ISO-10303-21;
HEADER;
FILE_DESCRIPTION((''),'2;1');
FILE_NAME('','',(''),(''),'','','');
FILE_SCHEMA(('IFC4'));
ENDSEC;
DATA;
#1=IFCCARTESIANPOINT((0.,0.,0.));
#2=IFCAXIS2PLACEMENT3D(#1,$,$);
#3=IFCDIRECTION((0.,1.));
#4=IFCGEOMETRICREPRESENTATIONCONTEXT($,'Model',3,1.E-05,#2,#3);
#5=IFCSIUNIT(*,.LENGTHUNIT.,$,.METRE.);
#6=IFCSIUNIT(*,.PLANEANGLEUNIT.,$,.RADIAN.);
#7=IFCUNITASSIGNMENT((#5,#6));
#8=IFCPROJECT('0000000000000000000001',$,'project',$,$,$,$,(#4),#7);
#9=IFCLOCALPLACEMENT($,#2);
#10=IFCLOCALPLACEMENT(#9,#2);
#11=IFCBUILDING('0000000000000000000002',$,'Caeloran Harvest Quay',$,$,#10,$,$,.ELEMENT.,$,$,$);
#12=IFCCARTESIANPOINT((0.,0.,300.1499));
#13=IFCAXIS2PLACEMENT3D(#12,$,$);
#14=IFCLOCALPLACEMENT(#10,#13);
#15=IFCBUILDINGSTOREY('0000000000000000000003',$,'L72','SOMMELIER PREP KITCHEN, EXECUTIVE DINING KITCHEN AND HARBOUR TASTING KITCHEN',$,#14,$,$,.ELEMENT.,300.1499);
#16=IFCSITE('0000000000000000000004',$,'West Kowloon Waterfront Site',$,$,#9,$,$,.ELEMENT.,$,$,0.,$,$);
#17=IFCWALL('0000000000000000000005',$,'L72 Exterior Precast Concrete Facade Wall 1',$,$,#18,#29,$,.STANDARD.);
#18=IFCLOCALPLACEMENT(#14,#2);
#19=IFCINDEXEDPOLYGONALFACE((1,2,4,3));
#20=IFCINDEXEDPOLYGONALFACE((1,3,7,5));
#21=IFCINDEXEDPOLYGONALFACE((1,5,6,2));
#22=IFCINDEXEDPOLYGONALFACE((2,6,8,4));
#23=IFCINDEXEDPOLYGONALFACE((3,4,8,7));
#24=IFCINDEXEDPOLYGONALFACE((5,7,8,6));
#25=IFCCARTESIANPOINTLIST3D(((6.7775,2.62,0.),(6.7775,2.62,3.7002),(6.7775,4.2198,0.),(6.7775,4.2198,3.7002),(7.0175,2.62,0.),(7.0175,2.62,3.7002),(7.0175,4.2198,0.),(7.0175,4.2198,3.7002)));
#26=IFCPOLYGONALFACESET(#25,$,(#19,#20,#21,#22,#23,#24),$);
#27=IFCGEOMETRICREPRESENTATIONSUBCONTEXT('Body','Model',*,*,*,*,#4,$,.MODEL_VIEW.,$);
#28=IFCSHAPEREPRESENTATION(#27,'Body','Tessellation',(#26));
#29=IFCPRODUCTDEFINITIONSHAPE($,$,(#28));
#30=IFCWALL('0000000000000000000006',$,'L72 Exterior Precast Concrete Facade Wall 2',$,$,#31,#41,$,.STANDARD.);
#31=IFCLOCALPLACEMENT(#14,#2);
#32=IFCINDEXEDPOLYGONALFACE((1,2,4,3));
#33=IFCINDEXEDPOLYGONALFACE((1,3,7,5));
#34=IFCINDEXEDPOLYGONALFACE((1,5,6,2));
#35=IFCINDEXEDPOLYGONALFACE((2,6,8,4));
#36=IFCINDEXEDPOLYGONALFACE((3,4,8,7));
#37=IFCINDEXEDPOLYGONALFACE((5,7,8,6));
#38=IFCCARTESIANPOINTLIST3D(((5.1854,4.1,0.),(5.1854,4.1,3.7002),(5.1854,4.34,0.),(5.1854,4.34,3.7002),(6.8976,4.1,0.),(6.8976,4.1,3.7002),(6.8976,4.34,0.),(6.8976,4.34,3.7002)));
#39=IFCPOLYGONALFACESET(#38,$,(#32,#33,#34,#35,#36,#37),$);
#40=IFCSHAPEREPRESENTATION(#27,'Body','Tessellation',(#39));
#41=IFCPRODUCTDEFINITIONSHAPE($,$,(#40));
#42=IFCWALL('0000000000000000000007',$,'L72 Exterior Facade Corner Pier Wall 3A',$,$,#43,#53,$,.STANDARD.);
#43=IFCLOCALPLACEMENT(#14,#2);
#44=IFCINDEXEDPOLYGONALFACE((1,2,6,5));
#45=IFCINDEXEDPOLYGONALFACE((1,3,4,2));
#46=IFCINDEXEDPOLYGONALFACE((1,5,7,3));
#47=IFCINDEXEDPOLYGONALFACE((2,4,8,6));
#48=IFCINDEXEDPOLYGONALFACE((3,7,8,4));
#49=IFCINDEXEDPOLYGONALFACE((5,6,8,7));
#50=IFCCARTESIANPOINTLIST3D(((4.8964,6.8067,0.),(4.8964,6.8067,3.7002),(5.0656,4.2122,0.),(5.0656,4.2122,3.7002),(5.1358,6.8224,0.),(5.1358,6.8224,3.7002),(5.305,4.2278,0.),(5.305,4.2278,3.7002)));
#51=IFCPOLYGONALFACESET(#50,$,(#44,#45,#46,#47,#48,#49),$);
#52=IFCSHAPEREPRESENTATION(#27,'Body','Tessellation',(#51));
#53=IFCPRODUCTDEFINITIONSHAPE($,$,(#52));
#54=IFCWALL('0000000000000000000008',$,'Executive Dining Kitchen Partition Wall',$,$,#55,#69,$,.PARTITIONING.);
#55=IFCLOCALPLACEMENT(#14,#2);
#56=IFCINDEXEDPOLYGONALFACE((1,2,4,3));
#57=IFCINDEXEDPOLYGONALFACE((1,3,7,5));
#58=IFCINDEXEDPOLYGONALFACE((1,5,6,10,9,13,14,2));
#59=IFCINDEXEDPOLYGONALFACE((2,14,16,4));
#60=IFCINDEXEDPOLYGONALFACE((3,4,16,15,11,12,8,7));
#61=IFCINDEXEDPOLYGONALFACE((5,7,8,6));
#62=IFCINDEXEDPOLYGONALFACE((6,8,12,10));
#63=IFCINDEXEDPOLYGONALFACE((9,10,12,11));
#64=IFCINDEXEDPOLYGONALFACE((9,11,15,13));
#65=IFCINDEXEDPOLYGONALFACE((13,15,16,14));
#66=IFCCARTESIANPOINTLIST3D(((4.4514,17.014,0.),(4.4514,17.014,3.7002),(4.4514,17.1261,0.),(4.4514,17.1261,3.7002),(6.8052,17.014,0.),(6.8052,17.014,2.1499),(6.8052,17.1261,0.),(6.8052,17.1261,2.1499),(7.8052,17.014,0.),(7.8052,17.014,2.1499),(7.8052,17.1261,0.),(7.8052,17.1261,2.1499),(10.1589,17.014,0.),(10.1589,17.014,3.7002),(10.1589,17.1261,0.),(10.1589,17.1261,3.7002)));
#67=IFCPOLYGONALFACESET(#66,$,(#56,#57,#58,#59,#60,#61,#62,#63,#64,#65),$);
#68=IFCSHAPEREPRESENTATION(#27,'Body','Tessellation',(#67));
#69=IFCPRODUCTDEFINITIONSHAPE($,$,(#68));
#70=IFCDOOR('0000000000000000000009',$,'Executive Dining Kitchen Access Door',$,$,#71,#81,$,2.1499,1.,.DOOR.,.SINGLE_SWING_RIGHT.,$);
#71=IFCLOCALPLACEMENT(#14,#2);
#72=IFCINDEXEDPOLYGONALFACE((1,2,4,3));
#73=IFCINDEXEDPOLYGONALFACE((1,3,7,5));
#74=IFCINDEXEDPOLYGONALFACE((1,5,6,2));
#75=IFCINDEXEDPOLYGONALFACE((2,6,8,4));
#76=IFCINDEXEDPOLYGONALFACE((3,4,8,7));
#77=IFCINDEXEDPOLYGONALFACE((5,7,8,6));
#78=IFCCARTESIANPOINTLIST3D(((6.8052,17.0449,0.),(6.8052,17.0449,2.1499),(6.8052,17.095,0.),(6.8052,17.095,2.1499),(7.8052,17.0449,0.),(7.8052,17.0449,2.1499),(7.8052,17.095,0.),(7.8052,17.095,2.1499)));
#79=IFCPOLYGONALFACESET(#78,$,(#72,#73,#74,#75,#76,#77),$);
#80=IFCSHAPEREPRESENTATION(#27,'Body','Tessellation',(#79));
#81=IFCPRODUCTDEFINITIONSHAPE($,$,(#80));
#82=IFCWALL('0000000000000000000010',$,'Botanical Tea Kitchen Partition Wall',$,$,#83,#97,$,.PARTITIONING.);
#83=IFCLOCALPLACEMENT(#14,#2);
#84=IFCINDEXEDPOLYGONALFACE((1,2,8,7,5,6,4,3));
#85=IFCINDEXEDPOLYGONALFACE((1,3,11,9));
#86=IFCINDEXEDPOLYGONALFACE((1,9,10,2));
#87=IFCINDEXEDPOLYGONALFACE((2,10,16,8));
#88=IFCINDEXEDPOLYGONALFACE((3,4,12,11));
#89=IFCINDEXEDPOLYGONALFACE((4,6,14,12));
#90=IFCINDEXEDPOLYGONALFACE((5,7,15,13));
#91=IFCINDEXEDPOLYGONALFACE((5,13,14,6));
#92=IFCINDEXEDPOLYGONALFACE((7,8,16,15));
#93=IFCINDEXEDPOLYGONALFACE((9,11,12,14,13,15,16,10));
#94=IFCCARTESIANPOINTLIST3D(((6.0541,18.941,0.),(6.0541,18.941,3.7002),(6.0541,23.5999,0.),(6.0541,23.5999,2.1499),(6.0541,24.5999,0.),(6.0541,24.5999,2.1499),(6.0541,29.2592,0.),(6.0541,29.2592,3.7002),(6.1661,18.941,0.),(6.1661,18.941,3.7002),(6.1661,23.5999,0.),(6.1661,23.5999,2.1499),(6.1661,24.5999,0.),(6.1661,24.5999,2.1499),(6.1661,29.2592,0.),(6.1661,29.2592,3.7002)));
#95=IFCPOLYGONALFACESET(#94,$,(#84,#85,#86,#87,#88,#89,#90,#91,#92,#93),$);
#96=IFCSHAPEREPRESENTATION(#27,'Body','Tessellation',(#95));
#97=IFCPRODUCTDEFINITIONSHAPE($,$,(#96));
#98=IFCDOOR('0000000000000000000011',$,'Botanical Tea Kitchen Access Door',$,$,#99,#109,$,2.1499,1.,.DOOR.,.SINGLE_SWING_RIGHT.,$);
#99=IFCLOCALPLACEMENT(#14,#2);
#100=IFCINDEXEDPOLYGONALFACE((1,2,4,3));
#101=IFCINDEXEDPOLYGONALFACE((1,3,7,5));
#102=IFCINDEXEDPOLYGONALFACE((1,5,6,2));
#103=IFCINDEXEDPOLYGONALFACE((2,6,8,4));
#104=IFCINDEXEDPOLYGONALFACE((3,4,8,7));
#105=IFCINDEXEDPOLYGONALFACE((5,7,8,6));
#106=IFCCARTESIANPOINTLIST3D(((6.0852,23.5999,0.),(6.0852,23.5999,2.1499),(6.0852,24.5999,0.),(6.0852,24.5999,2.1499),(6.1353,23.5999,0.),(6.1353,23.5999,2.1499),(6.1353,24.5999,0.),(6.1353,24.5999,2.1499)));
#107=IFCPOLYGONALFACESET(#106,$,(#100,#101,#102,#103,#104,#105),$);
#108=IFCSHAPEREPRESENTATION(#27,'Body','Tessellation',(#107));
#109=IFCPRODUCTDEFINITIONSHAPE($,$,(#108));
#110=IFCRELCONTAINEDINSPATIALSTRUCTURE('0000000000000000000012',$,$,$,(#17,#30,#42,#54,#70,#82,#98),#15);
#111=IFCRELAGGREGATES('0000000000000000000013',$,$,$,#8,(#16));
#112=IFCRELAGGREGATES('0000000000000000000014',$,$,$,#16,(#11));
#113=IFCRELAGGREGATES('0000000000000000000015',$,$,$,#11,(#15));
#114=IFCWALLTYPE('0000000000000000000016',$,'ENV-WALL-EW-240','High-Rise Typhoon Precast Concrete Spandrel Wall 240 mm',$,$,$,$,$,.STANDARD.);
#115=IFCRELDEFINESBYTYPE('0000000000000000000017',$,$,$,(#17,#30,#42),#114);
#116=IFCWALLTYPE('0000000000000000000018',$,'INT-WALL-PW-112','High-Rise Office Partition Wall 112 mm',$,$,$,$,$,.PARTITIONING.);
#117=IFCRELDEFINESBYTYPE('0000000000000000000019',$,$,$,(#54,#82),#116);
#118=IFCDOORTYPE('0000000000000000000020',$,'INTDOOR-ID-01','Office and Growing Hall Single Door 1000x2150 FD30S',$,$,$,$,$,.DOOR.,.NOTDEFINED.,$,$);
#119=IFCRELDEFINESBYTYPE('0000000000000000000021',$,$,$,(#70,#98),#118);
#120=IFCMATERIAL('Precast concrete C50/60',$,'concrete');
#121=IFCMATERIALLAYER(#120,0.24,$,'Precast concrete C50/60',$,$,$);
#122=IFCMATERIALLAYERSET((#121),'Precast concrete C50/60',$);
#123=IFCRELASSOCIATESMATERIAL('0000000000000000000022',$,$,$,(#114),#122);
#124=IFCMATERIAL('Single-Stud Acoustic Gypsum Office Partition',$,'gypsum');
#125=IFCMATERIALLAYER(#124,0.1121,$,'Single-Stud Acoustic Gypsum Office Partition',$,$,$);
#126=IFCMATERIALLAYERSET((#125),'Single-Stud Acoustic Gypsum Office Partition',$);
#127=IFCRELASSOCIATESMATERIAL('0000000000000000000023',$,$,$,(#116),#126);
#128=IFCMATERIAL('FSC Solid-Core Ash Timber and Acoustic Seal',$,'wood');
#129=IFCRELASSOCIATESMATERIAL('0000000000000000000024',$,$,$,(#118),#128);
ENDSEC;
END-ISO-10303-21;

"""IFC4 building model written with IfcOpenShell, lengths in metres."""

from ifc_helpers import new_model, si_unit, direction, frame, frame_2d, origin, place, context, subcontext, project, spatial, rectangle, extrude, material, layer, layer_set, type_object, element, fill, save


model = new_model("IFC4")

# Units and contexts
model_context = context("Model", 3, precision=1e-05, world=origin(), true_north=direction((0.0, 1.0)))
body_context = subcontext(model_context, "Body", "Model", "MODEL_VIEW")
ifc_project = project(units=[si_unit("LENGTHUNIT", "METRE"), si_unit("PLANEANGLEUNIT", "RADIAN")], contexts=[model_context])

# Site, building, storey
site_placement = place(None, origin())
site = spatial("IfcSite", under=ifc_project, at=site_placement, Name="West Kowloon Waterfront Site", CompositionType="ELEMENT", RefElevation=0.0)
building_placement = place(site_placement, origin())
building = spatial("IfcBuilding", under=site, at=building_placement, Name="Caeloran Harvest Quay", CompositionType="ELEMENT")
storey_placement = place(building_placement, frame((0.0, 0.0, 300.1499)))
storey = spatial("IfcBuildingStorey", under=building, at=storey_placement, Name="L72", Description="SOMMELIER PREP KITCHEN, EXECUTIVE DINING KITCHEN AND HARBOUR TASTING KITCHEN", CompositionType="ELEMENT", Elevation=300.1499)

# Walls
ifc_material_1 = material(Name="Precast concrete C50/60", Category="concrete")
ifc_layer_1 = layer(ifc_material_1, 0.24, Name="Precast concrete C50/60")
ifc_layer_set_1 = layer_set([ifc_layer_1], Name="Precast concrete C50/60")
wall_type_1 = type_object("IfcWallType", Name="ENV-WALL-EW-240", Description="High-Rise Typhoon Precast Concrete Spandrel Wall 240 mm", PredefinedType="STANDARD", material=ifc_layer_set_1)
wall_1_placement = place(storey_placement, frame((6.8975, 2.6201, 0.0), z_axis=(0.0, 0.0, 1.0), x_axis=(0.0, 1.0, 0.0)))
element("IfcWall", 1, at=wall_1_placement, inside=storey, type_object=wall_type_1, Name="L72 Exterior Precast Concrete Facade Wall 1", PredefinedType="STANDARD", context=body_context, shape_type="SweptSolid", body=[
    extrude(rectangle(XDim=1.5999, YDim=0.24, at=frame_2d((0.7998, 0.0))), origin(), (0.0, 0.0, 1.0), 3.7002),
])
wall_2_placement = place(storey_placement, frame((6.8975, 4.22, 0.0), z_axis=(0.0, 0.0, 1.0), x_axis=(-1.0, 0.0, 0.0)))
element("IfcWall", 2, at=wall_2_placement, inside=storey, type_object=wall_type_1, Name="L72 Exterior Precast Concrete Facade Wall 2", PredefinedType="STANDARD", context=body_context, shape_type="SweptSolid", body=[
    extrude(rectangle(XDim=1.7122, YDim=0.24, at=frame_2d((0.856, 0.0))), origin(), (0.0, 0.0, 1.0), 3.7002),
])
wall_3_placement = place(storey_placement, frame((5.1853, 4.22, 0.0), z_axis=(0.0, 0.0, 1.0), x_axis=(-0.065073, 0.997881, 0.0)))
element("IfcWall", 3, at=wall_3_placement, inside=storey, type_object=wall_type_1, Name="L72 Exterior Facade Corner Pier Wall 3A", PredefinedType="STANDARD", context=body_context, shape_type="SweptSolid", body=[
    extrude(rectangle(XDim=2.6001, YDim=0.24, at=frame_2d((1.3, 0.0))), origin(), (0.0, 0.0, 1.0), 3.7002),
])

# Walls, openings, doors
ifc_material_2 = material(Name="Single-Stud Acoustic Gypsum Office Partition", Category="gypsum")
ifc_layer_2 = layer(ifc_material_2, 0.1121, Name="Single-Stud Acoustic Gypsum Office Partition")
ifc_layer_set_2 = layer_set([ifc_layer_2], Name="Single-Stud Acoustic Gypsum Office Partition")
wall_type_2 = type_object("IfcWallType", Name="INT-WALL-PW-112", Description="High-Rise Office Partition Wall 112 mm", PredefinedType="PARTITIONING", material=ifc_layer_set_2)
wall_4_placement = place(storey_placement, frame((4.4514, 17.0701, 0.0), z_axis=(0.0, 0.0, 1.0), x_axis=(1.0, 0.0, 0.0)))
wall_4 = element("IfcWall", 4, at=wall_4_placement, inside=storey, type_object=wall_type_2, Name="Executive Dining Kitchen Partition Wall", PredefinedType="PARTITIONING", context=body_context, shape_type="SweptSolid", body=[
    extrude(rectangle(XDim=5.7075, YDim=0.1121, at=frame_2d((2.8538, 0.0))), origin(), (0.0, 0.0, 1.0), 3.7002),
])
opening_1_placement = place(wall_4_placement, frame((2.3538, 0.0, 0.0)))
opening_1 = element("IfcOpeningElement", 5, at=opening_1_placement, cuts=wall_4, PredefinedType="OPENING", context=body_context, shape_type="SweptSolid", body=[
    extrude(rectangle(XDim=1.0, YDim=2.1499, at=frame_2d((0.5, 1.075))), frame((0.0, 0.0659, 0.0), z_axis=(0.0, -1.0, 0.0), x_axis=(1.0, 0.0, 0.0)), (0.0, 0.0, 1.0), 0.1321),
])
ifc_material_3 = material(Name="FSC Solid-Core Ash Timber and Acoustic Seal", Category="wood")
door_type = type_object("IfcDoorType", Name="INTDOOR-ID-01", Description="Office and Growing Hall Single Door 1000x2150 FD30S", OperationType="NOTDEFINED", PredefinedType="DOOR", material=ifc_material_3)
door_1_placement = place(opening_1_placement, origin())
door_1 = element("IfcDoor", 6, at=door_1_placement, inside=storey, type_object=door_type, Name="Executive Dining Kitchen Access Door", OperationType="SINGLE_SWING_RIGHT", OverallHeight=2.1499, OverallWidth=1.0, PredefinedType="DOOR", context=body_context, shape_type="SweptSolid", body=[
    extrude(rectangle(XDim=1.0, YDim=2.1499, at=frame_2d((0.5, 1.075))), frame((0.0, 0.0249, 0.0), z_axis=(0.0, -1.0, 0.0), x_axis=(1.0, 0.0, 0.0)), (0.0, 0.0, 1.0), 0.05),
])
fill(opening_1, door_1)
wall_5_placement = place(storey_placement, frame((6.1101, 18.9409, 0.0), z_axis=(0.0, 0.0, 1.0), x_axis=(0.0, 1.0, 0.0)))
wall_5 = element("IfcWall", 7, at=wall_5_placement, inside=storey, type_object=wall_type_2, Name="Botanical Tea Kitchen Partition Wall", PredefinedType="PARTITIONING", context=body_context, shape_type="SweptSolid", body=[
    extrude(rectangle(XDim=10.3181, YDim=0.1121, at=frame_2d((5.1592, 0.0))), origin(), (0.0, 0.0, 1.0), 3.7002),
])
opening_2_placement = place(wall_5_placement, frame((4.6589, 0.0, 0.0)))
opening_2 = element("IfcOpeningElement", 8, at=opening_2_placement, cuts=wall_5, PredefinedType="OPENING", context=body_context, shape_type="SweptSolid", body=[
    extrude(rectangle(XDim=1.0, YDim=2.1499, at=frame_2d((0.5, 1.075))), frame((0.0, 0.0659, 0.0), z_axis=(0.0, -1.0, 0.0), x_axis=(1.0, 0.0, 0.0)), (0.0, 0.0, 1.0), 0.1321),
])
door_2_placement = place(opening_2_placement, origin())
door_2 = element("IfcDoor", 9, at=door_2_placement, inside=storey, type_object=door_type, Name="Botanical Tea Kitchen Access Door", OperationType="SINGLE_SWING_RIGHT", OverallHeight=2.1499, OverallWidth=1.0, PredefinedType="DOOR", context=body_context, shape_type="SweptSolid", body=[
    extrude(rectangle(XDim=1.0, YDim=2.1499, at=frame_2d((0.5, 1.075))), frame((0.0, 0.0249, 0.0), z_axis=(0.0, -1.0, 0.0), x_axis=(1.0, 0.0, 0.0)), (0.0, 0.0, 1.0), 0.05),
])
fill(opening_2, door_2)

save(model, "model.ifc")
